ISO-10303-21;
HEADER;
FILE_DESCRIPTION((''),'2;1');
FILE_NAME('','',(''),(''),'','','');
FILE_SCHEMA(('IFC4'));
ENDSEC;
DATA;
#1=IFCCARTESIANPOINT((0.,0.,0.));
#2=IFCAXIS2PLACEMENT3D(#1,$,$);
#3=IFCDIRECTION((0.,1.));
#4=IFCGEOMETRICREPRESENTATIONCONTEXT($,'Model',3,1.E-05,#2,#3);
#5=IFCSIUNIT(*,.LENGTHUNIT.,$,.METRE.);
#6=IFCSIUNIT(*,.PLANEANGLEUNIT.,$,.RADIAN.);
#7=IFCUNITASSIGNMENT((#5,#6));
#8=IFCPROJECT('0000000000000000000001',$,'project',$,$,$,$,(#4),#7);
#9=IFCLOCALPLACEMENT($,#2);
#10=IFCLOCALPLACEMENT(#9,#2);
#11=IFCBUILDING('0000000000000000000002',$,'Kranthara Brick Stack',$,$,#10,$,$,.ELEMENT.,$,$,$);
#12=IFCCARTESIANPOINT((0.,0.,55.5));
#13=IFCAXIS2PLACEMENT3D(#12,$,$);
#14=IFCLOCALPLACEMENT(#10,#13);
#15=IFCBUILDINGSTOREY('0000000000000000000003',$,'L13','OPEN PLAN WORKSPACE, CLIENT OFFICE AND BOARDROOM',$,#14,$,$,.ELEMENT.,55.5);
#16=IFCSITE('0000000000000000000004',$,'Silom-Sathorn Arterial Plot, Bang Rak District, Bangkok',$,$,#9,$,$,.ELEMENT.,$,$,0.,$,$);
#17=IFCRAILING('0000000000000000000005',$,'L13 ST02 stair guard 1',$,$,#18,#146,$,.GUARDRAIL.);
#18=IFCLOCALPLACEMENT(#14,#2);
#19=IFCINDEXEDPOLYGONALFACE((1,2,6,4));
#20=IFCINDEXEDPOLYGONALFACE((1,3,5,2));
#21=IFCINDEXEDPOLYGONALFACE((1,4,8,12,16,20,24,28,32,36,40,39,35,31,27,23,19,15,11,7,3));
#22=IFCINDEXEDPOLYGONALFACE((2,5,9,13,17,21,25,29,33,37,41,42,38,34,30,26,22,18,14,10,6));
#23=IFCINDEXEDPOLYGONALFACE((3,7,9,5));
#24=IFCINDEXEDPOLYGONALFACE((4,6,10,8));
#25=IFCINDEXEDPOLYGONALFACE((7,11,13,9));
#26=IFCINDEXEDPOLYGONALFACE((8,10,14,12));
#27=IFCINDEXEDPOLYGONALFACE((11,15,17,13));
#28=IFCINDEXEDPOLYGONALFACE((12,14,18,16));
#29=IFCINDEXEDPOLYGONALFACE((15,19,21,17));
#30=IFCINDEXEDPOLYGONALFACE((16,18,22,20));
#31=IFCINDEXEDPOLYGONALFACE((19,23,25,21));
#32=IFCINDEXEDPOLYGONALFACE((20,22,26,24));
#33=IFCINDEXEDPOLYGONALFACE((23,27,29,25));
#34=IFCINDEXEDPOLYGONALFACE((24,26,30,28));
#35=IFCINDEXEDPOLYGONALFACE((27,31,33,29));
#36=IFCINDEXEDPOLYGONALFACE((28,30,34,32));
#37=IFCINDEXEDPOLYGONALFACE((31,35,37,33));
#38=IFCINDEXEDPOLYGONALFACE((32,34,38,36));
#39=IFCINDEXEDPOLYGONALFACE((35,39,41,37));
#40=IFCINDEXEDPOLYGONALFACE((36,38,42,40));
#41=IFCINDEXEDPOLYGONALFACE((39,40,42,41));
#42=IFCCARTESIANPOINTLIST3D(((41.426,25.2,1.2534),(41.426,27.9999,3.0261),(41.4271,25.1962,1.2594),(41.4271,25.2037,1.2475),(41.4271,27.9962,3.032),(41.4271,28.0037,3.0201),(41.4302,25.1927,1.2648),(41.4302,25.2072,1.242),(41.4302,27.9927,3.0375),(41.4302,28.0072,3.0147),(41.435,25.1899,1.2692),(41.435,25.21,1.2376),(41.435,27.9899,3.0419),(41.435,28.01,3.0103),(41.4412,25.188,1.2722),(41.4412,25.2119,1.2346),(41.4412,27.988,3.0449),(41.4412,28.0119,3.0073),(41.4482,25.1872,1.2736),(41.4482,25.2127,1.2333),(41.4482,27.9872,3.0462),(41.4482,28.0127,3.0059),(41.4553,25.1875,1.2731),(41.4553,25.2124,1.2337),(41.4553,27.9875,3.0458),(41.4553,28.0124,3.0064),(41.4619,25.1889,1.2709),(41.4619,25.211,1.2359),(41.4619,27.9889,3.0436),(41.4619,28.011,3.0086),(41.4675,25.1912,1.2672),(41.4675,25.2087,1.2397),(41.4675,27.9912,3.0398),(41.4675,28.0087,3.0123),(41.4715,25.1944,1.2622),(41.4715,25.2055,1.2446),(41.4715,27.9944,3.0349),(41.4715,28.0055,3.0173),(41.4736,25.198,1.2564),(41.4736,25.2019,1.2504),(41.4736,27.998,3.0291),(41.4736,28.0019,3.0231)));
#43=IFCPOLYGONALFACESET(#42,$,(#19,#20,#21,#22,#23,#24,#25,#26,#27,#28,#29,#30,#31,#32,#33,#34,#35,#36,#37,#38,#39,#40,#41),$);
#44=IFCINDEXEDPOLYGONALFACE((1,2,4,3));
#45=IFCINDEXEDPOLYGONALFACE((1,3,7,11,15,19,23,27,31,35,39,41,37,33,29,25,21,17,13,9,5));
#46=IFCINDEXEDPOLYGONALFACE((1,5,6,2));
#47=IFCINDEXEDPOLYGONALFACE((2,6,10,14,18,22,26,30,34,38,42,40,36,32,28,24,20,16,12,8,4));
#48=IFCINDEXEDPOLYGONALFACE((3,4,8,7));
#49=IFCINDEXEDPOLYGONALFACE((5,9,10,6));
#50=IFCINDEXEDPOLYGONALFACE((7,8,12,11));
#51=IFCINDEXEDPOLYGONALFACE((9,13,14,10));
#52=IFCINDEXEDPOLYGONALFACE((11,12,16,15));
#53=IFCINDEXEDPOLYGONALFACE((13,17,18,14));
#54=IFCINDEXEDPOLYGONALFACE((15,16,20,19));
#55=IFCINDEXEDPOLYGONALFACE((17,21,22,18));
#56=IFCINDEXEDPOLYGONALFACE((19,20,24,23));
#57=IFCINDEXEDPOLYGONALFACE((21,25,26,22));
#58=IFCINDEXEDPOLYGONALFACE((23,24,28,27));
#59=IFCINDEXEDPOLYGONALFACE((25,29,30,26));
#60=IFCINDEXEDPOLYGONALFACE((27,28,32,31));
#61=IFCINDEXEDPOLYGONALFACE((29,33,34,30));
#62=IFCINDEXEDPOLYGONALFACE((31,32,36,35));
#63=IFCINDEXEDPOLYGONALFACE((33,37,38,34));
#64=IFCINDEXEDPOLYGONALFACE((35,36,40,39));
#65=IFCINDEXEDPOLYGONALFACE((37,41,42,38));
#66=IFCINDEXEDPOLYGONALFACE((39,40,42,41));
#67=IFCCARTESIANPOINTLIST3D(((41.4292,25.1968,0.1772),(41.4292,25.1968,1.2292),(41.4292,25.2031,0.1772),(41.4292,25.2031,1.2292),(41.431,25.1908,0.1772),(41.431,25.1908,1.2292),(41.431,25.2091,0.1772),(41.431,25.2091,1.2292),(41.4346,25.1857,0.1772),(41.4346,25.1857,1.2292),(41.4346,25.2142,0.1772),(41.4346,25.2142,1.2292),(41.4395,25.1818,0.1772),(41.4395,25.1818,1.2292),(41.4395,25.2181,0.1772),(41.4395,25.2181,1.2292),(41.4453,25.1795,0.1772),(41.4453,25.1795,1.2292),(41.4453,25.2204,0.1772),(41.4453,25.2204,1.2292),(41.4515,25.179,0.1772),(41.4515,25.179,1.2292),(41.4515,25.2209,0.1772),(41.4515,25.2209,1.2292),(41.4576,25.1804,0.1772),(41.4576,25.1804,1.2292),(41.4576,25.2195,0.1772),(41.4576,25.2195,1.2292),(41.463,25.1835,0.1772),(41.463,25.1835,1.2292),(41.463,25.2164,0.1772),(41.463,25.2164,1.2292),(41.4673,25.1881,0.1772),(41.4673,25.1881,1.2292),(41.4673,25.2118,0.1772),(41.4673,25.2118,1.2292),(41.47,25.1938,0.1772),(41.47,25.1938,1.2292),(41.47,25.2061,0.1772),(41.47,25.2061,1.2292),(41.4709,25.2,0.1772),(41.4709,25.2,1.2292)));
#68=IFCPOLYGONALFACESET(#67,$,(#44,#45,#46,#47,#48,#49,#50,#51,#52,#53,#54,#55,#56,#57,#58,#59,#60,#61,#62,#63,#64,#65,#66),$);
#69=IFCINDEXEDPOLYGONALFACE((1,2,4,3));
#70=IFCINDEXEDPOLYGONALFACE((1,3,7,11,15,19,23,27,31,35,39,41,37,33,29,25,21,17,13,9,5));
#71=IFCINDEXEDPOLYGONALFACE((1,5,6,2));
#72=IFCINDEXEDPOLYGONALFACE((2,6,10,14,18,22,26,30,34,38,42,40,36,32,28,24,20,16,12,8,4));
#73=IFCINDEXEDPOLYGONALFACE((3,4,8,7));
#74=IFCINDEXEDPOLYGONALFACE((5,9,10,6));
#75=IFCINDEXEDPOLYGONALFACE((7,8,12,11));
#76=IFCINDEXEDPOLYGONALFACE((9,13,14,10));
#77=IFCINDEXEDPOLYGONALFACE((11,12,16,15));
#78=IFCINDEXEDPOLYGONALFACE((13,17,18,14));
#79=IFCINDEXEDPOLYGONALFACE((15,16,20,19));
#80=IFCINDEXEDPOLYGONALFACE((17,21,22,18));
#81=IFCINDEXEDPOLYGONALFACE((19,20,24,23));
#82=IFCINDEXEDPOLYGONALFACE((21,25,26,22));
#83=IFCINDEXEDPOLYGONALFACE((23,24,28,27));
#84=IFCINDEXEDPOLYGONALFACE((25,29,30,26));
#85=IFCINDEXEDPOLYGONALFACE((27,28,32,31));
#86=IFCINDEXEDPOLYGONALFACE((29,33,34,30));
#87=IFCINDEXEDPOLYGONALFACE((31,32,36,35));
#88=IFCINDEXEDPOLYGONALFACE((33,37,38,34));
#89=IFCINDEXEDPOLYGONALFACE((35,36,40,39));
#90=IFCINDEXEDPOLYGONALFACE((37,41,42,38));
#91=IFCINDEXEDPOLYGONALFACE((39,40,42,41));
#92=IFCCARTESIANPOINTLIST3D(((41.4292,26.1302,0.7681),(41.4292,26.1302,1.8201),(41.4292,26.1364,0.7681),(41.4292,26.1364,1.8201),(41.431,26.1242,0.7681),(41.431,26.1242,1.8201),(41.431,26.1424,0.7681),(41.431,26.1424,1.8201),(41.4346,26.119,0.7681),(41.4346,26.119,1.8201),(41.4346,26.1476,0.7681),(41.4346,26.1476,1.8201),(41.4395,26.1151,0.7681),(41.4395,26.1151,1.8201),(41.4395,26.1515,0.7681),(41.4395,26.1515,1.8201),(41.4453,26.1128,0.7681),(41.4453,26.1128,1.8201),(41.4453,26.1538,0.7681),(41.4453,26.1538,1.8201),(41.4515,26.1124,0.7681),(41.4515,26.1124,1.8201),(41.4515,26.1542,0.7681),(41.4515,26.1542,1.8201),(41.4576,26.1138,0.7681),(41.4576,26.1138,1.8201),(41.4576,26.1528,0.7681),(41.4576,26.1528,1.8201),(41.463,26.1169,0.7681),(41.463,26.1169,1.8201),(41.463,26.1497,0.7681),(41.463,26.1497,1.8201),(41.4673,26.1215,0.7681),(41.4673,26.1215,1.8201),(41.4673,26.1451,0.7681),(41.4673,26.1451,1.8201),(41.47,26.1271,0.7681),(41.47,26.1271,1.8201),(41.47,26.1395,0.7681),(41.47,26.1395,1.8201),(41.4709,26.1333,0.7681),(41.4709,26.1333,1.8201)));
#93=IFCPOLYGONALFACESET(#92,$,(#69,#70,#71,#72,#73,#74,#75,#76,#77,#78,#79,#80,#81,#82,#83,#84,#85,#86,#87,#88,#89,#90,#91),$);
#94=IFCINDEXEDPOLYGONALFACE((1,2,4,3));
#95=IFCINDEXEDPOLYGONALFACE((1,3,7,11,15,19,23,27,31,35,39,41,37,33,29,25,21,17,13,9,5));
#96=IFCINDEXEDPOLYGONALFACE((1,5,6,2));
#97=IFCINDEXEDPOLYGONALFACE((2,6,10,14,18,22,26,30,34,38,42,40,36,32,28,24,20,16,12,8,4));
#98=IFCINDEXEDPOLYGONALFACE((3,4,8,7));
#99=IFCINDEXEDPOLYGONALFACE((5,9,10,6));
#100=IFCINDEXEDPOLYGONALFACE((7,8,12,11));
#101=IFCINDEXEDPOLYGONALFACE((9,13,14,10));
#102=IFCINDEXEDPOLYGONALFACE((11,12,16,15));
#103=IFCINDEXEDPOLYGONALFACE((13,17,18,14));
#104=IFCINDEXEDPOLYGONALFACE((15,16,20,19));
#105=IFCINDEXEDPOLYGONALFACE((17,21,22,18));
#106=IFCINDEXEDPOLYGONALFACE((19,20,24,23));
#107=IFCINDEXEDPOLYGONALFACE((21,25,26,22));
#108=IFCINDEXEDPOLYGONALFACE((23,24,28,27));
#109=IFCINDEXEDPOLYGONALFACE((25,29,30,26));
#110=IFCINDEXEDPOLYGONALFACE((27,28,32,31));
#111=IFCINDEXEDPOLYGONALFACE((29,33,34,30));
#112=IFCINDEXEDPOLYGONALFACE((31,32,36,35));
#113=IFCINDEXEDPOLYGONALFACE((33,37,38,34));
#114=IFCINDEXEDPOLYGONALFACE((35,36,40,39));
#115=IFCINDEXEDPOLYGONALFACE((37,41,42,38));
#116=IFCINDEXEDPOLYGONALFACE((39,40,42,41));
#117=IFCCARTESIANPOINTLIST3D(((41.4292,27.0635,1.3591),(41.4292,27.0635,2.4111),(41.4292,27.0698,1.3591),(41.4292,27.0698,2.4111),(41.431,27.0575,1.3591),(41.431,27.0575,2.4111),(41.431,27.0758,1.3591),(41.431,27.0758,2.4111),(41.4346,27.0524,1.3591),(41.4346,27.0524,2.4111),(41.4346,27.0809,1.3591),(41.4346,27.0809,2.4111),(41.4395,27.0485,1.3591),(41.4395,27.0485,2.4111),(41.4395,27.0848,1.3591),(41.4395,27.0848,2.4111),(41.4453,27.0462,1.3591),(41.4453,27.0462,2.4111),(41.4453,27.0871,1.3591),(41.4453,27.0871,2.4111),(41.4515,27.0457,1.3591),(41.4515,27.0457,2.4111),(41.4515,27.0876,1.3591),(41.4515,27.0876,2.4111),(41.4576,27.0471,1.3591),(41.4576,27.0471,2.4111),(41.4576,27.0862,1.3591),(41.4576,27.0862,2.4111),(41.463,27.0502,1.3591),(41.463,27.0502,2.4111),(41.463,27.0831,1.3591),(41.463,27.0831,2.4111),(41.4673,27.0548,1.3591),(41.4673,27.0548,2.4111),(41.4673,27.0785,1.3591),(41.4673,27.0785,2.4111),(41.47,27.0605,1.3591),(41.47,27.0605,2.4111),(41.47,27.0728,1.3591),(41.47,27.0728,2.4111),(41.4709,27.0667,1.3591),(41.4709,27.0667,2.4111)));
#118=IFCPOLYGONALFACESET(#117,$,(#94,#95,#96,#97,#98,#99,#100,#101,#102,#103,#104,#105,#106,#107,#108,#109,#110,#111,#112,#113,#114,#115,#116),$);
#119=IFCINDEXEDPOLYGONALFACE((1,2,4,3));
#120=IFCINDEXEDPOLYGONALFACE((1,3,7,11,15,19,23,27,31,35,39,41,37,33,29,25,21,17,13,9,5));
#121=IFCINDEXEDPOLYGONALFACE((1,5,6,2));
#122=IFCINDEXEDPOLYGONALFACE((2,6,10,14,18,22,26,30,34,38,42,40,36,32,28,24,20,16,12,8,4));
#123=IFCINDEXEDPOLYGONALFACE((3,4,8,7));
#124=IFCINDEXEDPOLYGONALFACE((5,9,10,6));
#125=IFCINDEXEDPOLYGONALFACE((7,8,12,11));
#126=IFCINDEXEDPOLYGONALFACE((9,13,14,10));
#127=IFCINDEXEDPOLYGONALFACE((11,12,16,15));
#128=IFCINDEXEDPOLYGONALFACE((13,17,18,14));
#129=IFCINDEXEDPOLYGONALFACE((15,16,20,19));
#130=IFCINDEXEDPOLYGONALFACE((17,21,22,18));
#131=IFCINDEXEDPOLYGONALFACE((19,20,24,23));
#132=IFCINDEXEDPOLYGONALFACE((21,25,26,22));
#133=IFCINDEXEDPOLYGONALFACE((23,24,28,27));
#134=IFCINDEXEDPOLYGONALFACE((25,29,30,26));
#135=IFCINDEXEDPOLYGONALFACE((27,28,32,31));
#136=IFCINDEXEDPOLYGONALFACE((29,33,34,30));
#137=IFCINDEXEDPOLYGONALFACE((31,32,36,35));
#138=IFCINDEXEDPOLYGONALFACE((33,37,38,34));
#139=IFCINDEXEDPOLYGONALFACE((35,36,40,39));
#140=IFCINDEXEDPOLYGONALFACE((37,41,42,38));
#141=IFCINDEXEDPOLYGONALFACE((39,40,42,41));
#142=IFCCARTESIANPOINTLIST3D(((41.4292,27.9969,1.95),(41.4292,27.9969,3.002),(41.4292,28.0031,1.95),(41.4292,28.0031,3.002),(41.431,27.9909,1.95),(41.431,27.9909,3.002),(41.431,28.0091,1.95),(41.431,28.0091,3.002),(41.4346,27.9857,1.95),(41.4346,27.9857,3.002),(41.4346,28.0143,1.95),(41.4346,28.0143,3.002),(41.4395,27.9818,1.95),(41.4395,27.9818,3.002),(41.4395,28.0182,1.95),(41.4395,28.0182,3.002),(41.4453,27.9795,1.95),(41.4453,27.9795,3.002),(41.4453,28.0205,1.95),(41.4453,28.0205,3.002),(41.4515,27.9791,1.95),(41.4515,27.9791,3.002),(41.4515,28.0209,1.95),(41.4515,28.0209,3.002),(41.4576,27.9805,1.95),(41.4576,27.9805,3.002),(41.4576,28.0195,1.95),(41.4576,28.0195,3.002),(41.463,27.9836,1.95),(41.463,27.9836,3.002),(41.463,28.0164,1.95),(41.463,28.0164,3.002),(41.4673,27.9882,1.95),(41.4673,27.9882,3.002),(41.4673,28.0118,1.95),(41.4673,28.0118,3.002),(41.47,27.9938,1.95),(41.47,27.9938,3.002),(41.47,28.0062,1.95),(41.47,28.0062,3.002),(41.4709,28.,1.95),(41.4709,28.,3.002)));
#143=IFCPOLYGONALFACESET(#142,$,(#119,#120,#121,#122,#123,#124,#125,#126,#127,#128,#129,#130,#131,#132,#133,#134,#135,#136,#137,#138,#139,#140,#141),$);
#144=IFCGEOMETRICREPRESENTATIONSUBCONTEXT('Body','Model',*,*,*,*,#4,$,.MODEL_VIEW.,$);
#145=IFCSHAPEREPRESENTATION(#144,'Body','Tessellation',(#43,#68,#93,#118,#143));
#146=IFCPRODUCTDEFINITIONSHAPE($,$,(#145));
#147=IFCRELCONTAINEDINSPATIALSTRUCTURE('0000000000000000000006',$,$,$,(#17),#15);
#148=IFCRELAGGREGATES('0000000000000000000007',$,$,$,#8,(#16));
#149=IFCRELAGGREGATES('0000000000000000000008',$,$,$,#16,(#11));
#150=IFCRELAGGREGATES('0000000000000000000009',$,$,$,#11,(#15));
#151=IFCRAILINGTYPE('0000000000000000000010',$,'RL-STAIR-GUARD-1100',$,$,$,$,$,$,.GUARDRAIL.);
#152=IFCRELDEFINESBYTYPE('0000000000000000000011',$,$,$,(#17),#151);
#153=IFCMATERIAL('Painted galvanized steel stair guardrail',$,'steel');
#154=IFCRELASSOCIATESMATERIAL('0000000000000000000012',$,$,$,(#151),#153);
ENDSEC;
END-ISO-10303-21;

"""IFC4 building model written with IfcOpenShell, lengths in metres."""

from ifc_helpers import new_model, si_unit, direction, frame, origin, origin_2d, place, context, subcontext, project, spatial, circle, extrude, material, type_object, element, save


model = new_model("IFC4")

# Units and contexts
model_context = context("Model", 3, precision=1e-05, world=origin(), true_north=direction((0.0, 1.0)))
body_context = subcontext(model_context, "Body", "Model", "MODEL_VIEW")
ifc_project = project(units=[si_unit("LENGTHUNIT", "METRE"), si_unit("PLANEANGLEUNIT", "RADIAN")], contexts=[model_context])

# Site, building, storey
site_placement = place(None, origin())
site = spatial("IfcSite", under=ifc_project, at=site_placement, Name="Silom-Sathorn Arterial Plot, Bang Rak District, Bangkok", CompositionType="ELEMENT", RefElevation=0.0)
building_placement = place(site_placement, origin())
building = spatial("IfcBuilding", under=site, at=building_placement, Name="Kranthara Brick Stack", CompositionType="ELEMENT")
storey_placement = place(building_placement, frame((0.0, 0.0, 55.5)))
storey = spatial("IfcBuildingStorey", under=building, at=storey_placement, Name="L13", Description="OPEN PLAN WORKSPACE, CLIENT OFFICE AND BOARDROOM", CompositionType="ELEMENT", Elevation=55.5)

# Railing
ifc_material_1 = material(Name="Painted galvanized steel stair guardrail", Category="steel")
railing_type_1 = type_object("IfcRailingType", Name="RL-STAIR-GUARD-1100", PredefinedType="GUARDRAIL", material=ifc_material_1)
railing_1_placement = place(storey_placement, frame((41.45, 25.2, 0.1772)))
element("IfcRailing", 1, at=railing_1_placement, inside=storey, type_object=railing_type_1, Name="L13 ST02 stair guard 1", PredefinedType="GUARDRAIL", context=body_context, shape_type="SweptSolid", body=[
    extrude(circle(Radius=0.0239, at=origin_2d()), frame((0.0, 0.0, 1.0762), z_axis=(0.0, 0.844909, 0.53491), x_axis=(-1.0, 0.0, 0.0)), (0.0, 0.0, 1.0), 3.314),
    extrude(circle(Radius=0.021, at=origin_2d()), origin(), (0.0, 0.0, 1.0), 1.052),
    extrude(circle(Radius=0.021, at=origin_2d()), frame((0.0, 0.9333, 0.5908)), (0.0, 0.0, 1.0), 1.052),
    extrude(circle(Radius=0.021, at=origin_2d()), frame((0.0, 1.8667, 1.1819)), (0.0, 0.0, 1.0), 1.052),
    extrude(circle(Radius=0.021, at=origin_2d()), frame((0.0, 2.8, 1.7727)), (0.0, 0.0, 1.0), 1.052),
])

save(model, "model.ifc")
